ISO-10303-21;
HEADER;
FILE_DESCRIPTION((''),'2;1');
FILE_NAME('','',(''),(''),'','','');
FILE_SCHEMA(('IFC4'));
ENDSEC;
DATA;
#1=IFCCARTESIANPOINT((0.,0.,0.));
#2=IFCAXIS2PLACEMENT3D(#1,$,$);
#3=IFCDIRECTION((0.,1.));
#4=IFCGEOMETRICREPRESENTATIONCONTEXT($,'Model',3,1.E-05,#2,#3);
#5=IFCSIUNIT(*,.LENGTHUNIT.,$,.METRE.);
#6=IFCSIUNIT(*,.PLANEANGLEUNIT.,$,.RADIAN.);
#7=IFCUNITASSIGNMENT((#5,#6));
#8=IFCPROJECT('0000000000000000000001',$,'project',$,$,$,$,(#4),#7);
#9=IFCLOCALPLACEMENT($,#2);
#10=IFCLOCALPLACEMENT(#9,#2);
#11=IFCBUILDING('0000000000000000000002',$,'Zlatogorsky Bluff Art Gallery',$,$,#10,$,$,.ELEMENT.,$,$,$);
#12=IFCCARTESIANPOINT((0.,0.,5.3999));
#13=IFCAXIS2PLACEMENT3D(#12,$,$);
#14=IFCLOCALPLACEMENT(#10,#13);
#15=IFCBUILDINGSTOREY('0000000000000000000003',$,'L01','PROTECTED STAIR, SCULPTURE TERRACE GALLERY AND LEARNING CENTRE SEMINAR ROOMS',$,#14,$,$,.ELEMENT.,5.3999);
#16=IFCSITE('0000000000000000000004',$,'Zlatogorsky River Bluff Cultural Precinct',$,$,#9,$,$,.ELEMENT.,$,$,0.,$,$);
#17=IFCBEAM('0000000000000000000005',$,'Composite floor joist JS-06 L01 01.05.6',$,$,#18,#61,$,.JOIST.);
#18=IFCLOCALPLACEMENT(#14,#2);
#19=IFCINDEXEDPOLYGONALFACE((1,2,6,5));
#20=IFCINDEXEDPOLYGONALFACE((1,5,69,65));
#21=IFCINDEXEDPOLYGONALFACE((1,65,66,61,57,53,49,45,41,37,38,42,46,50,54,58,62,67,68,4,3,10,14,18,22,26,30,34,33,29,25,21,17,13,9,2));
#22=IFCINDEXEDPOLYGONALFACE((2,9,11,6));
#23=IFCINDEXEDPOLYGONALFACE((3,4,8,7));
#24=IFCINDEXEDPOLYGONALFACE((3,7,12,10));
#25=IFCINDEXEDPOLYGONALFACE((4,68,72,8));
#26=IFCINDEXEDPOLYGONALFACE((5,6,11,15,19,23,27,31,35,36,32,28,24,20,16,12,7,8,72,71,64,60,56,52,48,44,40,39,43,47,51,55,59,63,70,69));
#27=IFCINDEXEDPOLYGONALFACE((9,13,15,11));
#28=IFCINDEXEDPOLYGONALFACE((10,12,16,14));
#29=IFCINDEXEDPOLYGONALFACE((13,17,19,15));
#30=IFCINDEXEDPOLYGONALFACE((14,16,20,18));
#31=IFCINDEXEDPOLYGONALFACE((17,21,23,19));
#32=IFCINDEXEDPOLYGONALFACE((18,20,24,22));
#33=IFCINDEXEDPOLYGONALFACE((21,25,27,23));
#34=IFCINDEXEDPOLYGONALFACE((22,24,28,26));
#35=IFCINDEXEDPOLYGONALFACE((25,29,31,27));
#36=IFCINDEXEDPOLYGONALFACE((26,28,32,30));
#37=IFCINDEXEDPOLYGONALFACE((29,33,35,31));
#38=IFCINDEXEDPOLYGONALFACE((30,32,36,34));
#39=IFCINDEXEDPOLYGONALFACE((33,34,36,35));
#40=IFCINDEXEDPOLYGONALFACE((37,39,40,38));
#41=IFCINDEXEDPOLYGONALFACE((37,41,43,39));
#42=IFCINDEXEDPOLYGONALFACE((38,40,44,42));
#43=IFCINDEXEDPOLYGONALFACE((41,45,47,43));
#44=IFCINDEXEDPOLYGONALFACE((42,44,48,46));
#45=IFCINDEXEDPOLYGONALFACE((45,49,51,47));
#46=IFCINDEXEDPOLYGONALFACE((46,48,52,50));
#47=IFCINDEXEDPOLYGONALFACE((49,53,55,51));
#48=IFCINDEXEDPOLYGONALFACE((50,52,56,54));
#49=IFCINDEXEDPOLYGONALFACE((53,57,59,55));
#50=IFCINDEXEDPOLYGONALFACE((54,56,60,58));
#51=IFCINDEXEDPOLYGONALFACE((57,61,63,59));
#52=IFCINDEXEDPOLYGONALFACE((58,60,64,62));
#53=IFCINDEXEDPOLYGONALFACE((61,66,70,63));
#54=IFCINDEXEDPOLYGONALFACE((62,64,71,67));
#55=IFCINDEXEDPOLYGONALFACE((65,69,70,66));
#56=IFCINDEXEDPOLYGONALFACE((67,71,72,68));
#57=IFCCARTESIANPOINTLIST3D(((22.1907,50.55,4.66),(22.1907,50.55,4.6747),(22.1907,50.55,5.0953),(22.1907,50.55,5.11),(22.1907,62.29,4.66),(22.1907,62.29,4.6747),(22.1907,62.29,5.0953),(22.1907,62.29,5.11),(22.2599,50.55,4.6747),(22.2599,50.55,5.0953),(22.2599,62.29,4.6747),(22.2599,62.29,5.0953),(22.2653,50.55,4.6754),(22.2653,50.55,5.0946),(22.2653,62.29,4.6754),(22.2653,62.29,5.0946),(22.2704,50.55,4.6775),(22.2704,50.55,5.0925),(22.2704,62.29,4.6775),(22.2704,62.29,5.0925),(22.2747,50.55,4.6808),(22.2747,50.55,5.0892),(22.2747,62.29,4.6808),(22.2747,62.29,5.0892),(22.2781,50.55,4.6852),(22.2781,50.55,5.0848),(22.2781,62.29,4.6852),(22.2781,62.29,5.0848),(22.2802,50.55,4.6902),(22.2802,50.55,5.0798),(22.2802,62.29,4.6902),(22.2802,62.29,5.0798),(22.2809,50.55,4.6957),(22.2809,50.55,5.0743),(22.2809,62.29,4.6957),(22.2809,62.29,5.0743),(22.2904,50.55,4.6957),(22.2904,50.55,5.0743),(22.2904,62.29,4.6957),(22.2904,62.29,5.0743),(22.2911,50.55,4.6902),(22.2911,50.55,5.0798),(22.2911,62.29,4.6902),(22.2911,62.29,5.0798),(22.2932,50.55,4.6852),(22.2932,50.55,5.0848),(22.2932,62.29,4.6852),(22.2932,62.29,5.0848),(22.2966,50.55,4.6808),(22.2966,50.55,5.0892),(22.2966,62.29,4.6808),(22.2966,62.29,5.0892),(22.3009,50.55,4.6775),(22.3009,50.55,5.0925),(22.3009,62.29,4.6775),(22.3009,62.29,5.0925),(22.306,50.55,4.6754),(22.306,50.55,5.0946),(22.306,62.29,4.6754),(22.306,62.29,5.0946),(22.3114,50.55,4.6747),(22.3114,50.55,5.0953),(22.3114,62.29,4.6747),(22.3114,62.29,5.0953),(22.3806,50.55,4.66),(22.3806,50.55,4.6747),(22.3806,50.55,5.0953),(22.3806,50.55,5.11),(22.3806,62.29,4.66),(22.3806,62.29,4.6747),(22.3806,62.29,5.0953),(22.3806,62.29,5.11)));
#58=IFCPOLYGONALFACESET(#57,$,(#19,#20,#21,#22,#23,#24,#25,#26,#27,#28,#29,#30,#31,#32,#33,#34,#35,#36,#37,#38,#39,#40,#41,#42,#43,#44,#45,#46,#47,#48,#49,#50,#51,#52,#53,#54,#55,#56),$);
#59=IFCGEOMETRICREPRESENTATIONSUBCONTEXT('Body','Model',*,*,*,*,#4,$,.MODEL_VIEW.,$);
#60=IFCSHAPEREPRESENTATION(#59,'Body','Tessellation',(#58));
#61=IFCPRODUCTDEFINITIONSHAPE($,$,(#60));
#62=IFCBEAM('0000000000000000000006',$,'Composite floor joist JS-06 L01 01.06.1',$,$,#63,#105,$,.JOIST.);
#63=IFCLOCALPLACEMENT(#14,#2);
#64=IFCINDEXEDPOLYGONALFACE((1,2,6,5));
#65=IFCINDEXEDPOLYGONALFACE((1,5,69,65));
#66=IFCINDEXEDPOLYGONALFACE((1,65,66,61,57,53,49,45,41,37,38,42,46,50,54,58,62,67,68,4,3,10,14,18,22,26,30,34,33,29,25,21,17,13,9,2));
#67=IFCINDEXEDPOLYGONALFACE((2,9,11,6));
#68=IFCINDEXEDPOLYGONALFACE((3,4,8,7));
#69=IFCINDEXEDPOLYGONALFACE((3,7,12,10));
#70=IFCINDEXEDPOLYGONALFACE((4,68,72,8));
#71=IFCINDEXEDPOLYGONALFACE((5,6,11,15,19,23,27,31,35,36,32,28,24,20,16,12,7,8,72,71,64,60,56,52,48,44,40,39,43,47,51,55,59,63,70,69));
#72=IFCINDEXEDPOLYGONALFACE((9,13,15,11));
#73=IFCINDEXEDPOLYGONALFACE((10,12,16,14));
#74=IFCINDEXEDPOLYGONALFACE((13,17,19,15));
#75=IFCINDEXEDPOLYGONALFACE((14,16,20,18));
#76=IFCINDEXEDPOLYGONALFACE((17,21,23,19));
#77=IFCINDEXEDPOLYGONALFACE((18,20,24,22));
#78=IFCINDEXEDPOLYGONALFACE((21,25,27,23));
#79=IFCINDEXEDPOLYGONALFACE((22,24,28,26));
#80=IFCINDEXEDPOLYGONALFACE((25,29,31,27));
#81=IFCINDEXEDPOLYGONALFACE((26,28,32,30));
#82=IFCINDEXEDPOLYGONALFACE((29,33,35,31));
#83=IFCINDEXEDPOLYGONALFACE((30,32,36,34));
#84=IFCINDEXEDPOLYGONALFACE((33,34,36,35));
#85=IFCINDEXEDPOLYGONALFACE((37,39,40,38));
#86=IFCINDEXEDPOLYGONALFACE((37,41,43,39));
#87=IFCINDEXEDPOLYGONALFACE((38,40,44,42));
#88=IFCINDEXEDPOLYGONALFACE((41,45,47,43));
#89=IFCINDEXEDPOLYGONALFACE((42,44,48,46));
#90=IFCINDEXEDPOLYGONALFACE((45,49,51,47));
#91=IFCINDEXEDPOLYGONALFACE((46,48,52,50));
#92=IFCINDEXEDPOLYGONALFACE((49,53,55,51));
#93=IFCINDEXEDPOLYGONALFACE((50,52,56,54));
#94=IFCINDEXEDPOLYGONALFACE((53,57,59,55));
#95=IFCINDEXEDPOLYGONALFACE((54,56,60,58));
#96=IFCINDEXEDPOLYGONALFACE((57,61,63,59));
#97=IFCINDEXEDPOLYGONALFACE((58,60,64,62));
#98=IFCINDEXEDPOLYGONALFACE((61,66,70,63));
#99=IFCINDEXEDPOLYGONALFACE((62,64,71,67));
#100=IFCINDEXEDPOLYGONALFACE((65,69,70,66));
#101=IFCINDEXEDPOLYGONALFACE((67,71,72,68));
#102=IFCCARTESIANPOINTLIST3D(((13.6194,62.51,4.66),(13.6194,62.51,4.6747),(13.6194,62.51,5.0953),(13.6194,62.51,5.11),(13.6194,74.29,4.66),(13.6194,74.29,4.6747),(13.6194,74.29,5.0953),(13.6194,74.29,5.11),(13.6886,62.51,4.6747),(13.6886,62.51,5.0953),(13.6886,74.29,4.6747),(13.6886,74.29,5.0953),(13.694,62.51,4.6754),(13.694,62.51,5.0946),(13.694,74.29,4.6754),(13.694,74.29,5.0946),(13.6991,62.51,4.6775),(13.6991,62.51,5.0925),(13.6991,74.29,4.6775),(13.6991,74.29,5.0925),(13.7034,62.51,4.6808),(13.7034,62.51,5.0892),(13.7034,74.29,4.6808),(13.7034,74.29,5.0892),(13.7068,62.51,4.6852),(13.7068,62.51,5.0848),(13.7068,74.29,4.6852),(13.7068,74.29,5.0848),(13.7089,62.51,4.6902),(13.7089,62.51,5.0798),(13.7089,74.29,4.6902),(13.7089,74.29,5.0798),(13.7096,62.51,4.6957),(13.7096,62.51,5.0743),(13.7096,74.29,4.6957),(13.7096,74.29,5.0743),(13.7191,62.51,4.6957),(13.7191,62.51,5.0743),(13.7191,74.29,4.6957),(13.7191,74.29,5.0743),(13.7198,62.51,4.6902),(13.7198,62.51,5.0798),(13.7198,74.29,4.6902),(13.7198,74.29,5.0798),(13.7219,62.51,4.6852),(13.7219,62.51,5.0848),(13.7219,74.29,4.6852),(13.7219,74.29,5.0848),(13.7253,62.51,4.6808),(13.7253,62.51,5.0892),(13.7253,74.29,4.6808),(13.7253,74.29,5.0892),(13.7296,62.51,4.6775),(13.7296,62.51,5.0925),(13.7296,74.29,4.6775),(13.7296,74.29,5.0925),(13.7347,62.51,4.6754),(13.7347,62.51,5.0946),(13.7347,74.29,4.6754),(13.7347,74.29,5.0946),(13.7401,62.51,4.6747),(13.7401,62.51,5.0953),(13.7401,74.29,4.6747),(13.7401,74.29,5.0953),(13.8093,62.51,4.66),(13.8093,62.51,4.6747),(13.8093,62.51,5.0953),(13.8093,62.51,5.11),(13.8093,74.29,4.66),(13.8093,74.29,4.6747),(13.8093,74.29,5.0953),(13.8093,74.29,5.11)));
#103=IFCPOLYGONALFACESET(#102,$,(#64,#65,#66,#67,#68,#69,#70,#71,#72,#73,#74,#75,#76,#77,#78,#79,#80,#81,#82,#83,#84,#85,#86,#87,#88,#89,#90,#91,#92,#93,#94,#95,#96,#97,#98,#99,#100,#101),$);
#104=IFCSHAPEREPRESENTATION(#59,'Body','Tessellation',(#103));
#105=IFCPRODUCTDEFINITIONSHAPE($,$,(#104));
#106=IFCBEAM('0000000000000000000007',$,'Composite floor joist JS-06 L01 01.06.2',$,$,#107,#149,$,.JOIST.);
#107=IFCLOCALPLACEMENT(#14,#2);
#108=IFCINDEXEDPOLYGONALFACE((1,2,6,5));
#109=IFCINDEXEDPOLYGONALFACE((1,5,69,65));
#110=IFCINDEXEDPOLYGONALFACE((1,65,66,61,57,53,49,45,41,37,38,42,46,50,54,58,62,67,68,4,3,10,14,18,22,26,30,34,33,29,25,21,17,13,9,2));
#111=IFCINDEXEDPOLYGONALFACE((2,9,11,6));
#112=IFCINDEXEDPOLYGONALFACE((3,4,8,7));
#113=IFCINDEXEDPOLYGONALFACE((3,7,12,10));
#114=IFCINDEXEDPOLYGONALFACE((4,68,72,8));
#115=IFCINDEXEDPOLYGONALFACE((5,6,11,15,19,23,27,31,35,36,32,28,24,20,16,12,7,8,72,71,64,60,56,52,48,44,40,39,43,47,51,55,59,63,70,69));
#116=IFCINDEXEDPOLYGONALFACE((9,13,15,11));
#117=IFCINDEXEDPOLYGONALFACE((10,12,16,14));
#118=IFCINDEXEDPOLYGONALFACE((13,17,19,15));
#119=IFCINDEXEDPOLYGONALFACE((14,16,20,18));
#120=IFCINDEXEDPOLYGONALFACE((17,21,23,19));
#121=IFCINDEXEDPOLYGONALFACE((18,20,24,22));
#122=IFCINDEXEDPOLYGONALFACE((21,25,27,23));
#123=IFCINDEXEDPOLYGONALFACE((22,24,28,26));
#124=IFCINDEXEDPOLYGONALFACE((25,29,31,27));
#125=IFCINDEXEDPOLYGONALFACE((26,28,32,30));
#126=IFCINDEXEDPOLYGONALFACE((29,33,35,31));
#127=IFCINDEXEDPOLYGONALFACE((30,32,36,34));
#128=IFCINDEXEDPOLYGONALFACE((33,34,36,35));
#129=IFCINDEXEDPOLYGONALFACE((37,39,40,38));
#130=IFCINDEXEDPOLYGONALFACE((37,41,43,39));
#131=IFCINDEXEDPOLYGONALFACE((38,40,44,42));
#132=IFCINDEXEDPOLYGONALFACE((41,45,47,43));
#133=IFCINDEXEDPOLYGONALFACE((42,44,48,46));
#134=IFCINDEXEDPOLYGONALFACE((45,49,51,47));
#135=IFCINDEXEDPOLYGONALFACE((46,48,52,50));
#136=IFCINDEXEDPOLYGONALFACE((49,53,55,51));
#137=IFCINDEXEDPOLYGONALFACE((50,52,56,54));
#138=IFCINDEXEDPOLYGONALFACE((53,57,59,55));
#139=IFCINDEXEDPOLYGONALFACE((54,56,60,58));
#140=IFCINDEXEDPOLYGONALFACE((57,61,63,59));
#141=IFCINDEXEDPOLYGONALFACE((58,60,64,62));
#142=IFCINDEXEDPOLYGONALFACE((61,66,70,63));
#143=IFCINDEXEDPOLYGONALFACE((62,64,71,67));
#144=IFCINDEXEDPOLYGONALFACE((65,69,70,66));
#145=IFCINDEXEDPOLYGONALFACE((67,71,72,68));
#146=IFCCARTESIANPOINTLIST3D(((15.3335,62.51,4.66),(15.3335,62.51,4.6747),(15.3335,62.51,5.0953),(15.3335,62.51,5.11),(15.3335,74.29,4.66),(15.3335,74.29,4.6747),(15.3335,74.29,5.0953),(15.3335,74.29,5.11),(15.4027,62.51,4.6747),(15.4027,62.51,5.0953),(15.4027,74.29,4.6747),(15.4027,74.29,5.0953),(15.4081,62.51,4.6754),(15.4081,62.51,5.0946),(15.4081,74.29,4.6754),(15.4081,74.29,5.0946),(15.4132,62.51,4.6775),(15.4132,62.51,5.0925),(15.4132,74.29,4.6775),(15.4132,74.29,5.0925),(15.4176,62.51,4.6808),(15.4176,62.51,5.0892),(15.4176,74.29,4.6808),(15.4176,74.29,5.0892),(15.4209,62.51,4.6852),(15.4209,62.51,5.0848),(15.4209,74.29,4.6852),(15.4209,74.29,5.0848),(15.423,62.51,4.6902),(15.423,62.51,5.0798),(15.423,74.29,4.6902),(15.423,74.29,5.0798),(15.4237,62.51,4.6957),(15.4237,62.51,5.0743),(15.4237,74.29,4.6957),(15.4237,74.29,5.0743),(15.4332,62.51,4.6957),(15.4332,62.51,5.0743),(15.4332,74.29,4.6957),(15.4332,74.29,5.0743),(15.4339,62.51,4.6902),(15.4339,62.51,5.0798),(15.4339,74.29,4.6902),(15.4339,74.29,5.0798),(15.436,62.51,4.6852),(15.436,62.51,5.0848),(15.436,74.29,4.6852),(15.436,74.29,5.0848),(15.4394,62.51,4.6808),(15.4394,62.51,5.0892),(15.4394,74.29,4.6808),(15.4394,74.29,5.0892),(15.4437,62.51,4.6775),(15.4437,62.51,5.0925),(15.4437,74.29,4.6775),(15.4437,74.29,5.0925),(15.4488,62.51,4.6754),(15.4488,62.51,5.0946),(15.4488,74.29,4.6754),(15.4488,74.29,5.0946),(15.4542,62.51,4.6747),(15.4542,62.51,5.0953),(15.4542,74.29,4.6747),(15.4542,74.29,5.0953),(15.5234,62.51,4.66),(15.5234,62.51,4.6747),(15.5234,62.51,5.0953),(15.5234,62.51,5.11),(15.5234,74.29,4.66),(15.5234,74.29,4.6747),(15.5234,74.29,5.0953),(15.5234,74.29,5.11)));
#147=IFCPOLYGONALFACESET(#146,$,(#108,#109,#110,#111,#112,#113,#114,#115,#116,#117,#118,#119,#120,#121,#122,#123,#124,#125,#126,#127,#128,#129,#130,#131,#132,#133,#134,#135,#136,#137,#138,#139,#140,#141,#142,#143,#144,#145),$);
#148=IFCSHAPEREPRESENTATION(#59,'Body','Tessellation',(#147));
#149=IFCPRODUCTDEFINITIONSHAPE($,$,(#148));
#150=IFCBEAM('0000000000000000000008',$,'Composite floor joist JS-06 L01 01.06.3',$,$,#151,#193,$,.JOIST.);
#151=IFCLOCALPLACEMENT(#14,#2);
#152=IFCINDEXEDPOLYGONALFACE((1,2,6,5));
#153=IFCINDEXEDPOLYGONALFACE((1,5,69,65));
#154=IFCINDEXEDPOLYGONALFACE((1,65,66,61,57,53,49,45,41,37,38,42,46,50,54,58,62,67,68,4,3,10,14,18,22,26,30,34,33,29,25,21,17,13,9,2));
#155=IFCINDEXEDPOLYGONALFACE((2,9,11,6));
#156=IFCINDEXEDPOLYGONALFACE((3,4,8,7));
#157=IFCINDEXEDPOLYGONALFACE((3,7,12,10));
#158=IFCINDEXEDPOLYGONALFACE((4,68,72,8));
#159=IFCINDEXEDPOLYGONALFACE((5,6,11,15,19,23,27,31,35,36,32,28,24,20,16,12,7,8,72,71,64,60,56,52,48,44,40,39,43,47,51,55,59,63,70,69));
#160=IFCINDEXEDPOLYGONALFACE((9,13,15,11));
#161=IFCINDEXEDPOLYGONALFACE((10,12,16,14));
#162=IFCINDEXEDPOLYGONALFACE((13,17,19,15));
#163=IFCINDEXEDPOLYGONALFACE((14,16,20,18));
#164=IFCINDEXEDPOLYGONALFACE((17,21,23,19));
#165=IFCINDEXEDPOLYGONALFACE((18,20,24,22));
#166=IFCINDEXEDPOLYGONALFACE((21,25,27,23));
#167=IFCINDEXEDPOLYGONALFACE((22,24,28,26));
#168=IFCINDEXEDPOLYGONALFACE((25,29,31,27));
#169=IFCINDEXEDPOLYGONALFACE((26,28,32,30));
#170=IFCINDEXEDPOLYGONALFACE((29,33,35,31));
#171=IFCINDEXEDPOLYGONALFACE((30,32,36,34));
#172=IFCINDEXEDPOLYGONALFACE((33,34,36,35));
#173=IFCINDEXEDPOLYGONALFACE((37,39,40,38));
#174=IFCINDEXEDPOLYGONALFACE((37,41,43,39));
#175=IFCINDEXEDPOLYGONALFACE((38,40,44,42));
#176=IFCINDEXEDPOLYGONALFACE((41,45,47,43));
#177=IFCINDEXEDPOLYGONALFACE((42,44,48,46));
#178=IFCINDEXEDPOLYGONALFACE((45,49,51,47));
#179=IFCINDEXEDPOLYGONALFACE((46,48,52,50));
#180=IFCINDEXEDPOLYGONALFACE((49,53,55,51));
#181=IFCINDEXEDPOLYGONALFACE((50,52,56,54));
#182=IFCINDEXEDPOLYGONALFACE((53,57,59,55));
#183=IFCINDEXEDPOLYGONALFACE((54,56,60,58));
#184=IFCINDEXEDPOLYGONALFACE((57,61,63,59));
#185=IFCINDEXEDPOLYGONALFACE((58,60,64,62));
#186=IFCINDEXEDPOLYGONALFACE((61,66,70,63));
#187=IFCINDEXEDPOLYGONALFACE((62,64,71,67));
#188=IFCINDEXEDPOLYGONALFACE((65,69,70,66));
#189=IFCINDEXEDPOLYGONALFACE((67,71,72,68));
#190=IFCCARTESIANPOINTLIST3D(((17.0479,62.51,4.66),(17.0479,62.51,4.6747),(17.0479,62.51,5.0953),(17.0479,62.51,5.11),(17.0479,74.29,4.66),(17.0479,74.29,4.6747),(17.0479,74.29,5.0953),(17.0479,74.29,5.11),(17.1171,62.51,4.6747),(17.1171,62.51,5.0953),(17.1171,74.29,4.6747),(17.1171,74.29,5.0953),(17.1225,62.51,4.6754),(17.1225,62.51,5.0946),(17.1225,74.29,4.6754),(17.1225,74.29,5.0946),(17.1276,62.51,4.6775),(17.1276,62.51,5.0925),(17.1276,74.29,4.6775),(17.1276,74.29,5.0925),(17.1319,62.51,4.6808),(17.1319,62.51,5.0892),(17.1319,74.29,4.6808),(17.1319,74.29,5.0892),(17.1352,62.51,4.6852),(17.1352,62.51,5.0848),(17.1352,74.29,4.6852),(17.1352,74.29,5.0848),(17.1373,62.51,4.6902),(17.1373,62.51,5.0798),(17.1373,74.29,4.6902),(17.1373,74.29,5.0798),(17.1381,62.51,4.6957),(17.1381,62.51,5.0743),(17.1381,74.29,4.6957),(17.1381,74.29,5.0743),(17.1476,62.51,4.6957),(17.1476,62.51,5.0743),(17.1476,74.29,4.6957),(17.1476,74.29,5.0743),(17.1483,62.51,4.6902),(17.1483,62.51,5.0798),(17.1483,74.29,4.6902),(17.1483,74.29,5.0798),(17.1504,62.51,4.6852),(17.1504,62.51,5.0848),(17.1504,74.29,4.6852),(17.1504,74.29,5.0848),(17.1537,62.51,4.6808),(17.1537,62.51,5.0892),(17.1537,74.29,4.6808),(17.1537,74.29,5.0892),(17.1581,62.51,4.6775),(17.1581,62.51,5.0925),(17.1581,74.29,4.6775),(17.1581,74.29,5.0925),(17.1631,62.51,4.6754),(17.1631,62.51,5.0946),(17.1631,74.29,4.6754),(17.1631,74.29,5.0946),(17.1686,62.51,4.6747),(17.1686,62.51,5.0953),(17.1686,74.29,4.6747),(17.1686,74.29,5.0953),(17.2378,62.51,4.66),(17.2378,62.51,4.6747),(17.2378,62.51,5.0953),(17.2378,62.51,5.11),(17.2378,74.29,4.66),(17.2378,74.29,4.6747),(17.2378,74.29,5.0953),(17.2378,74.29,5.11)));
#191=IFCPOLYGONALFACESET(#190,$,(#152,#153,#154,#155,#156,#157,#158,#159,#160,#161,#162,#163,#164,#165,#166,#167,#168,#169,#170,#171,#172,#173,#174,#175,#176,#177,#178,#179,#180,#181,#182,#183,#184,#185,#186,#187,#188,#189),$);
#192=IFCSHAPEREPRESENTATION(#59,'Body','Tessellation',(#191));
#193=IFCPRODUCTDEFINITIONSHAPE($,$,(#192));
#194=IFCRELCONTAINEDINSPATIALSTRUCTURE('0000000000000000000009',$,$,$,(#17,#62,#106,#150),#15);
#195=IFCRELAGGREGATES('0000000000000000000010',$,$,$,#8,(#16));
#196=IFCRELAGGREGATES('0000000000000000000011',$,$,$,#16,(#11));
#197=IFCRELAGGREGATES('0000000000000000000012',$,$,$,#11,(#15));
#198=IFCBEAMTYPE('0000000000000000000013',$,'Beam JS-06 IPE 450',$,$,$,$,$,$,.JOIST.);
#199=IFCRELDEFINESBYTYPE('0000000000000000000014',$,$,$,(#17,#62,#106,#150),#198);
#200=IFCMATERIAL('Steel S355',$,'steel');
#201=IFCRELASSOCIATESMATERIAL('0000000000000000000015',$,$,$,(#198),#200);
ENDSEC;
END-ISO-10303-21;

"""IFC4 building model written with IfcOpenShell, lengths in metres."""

from ifc_helpers import new_model, si_unit, direction, frame, origin, origin_2d, place, context, subcontext, project, spatial, i_section, extrude, material, material_profile, profile_set, type_object, element, save


model = new_model("IFC4")

# Units and contexts
model_context = context("Model", 3, precision=1e-05, world=origin(), true_north=direction((0.0, 1.0)))
body_context = subcontext(model_context, "Body", "Model", "MODEL_VIEW")
ifc_project = project(units=[si_unit("LENGTHUNIT", "METRE"), si_unit("PLANEANGLEUNIT", "RADIAN")], contexts=[model_context])

# Site, building, storey
site_placement = place(None, origin())
site = spatial("IfcSite", under=ifc_project, at=site_placement, Name="Zlatogorsky River Bluff Cultural Precinct", CompositionType="ELEMENT", RefElevation=0.0)
building_placement = place(site_placement, origin())
building = spatial("IfcBuilding", under=site, at=building_placement, Name="Zlatogorsky Bluff Art Gallery", CompositionType="ELEMENT")
storey_placement = place(building_placement, frame((0.0, 0.0, 5.3999)))
storey = spatial("IfcBuildingStorey", under=building, at=storey_placement, Name="L01", Description="PROTECTED STAIR, SCULPTURE TERRACE GALLERY AND LEARNING CENTRE SEMINAR ROOMS", CompositionType="ELEMENT", Elevation=5.3999)

# Shared definitions
ifc_material_1 = material(Name="Steel S355", Category="steel")

# Beams
ifc_material_profile_1 = material_profile(ifc_material_1, i_section(OverallWidth=0.1899, OverallDepth=0.45, WebThickness=0.0095, FlangeThickness=0.0146, FilletRadius=0.021, at=origin_2d()), Name="IPE 450")
ifc_profile_set_1 = profile_set([ifc_material_profile_1], Name="Steel S355")
beam_type_1 = type_object("IfcBeamType", Name="Beam JS-06 IPE 450", PredefinedType="JOIST", material=ifc_profile_set_1)
for number, where, z_axis, x_axis, name in (
    (1, (22.2856, 50.55, 4.885), (0.0, 1.0, 0.0), (-1.0, 0.0, 0.0), "Composite floor joist JS-06 L01 01.05.6"),
):
    element("IfcBeam", number, at=place(storey_placement, frame(where, z_axis=z_axis, x_axis=x_axis)), inside=storey, type_object=beam_type_1, Name=name, PredefinedType="JOIST", context=body_context, shape_type="SweptSolid", body=[
        extrude(i_section(OverallWidth=0.1899, OverallDepth=0.45, WebThickness=0.0095, FlangeThickness=0.0146, FilletRadius=0.021, at=origin_2d()), origin(), (0.0, 0.0, 1.0), 11.74),
    ])
for number, where, z_axis, x_axis, name in (
    (2, (13.7144, 62.51, 4.885), (0.0, 1.0, 0.0), (-1.0, 0.0, 0.0), "Composite floor joist JS-06 L01 01.06.1"),
    (3, (15.4285, 62.51, 4.885), (0.0, 1.0, 0.0), (-1.0, 0.0, 0.0), "Composite floor joist JS-06 L01 01.06.2"),
    (4, (17.1428, 62.51, 4.885), (0.0, 1.0, 0.0), (-1.0, 0.0, 0.0), "Composite floor joist JS-06 L01 01.06.3"),
):
    element("IfcBeam", number, at=place(storey_placement, frame(where, z_axis=z_axis, x_axis=x_axis)), inside=storey, type_object=beam_type_1, Name=name, PredefinedType="JOIST", context=body_context, shape_type="SweptSolid", body=[
        extrude(i_section(OverallWidth=0.1899, OverallDepth=0.45, WebThickness=0.0095, FlangeThickness=0.0146, FilletRadius=0.021, at=origin_2d()), origin(), (0.0, 0.0, 1.0), 11.78),
    ])

save(model, "model.ifc")
